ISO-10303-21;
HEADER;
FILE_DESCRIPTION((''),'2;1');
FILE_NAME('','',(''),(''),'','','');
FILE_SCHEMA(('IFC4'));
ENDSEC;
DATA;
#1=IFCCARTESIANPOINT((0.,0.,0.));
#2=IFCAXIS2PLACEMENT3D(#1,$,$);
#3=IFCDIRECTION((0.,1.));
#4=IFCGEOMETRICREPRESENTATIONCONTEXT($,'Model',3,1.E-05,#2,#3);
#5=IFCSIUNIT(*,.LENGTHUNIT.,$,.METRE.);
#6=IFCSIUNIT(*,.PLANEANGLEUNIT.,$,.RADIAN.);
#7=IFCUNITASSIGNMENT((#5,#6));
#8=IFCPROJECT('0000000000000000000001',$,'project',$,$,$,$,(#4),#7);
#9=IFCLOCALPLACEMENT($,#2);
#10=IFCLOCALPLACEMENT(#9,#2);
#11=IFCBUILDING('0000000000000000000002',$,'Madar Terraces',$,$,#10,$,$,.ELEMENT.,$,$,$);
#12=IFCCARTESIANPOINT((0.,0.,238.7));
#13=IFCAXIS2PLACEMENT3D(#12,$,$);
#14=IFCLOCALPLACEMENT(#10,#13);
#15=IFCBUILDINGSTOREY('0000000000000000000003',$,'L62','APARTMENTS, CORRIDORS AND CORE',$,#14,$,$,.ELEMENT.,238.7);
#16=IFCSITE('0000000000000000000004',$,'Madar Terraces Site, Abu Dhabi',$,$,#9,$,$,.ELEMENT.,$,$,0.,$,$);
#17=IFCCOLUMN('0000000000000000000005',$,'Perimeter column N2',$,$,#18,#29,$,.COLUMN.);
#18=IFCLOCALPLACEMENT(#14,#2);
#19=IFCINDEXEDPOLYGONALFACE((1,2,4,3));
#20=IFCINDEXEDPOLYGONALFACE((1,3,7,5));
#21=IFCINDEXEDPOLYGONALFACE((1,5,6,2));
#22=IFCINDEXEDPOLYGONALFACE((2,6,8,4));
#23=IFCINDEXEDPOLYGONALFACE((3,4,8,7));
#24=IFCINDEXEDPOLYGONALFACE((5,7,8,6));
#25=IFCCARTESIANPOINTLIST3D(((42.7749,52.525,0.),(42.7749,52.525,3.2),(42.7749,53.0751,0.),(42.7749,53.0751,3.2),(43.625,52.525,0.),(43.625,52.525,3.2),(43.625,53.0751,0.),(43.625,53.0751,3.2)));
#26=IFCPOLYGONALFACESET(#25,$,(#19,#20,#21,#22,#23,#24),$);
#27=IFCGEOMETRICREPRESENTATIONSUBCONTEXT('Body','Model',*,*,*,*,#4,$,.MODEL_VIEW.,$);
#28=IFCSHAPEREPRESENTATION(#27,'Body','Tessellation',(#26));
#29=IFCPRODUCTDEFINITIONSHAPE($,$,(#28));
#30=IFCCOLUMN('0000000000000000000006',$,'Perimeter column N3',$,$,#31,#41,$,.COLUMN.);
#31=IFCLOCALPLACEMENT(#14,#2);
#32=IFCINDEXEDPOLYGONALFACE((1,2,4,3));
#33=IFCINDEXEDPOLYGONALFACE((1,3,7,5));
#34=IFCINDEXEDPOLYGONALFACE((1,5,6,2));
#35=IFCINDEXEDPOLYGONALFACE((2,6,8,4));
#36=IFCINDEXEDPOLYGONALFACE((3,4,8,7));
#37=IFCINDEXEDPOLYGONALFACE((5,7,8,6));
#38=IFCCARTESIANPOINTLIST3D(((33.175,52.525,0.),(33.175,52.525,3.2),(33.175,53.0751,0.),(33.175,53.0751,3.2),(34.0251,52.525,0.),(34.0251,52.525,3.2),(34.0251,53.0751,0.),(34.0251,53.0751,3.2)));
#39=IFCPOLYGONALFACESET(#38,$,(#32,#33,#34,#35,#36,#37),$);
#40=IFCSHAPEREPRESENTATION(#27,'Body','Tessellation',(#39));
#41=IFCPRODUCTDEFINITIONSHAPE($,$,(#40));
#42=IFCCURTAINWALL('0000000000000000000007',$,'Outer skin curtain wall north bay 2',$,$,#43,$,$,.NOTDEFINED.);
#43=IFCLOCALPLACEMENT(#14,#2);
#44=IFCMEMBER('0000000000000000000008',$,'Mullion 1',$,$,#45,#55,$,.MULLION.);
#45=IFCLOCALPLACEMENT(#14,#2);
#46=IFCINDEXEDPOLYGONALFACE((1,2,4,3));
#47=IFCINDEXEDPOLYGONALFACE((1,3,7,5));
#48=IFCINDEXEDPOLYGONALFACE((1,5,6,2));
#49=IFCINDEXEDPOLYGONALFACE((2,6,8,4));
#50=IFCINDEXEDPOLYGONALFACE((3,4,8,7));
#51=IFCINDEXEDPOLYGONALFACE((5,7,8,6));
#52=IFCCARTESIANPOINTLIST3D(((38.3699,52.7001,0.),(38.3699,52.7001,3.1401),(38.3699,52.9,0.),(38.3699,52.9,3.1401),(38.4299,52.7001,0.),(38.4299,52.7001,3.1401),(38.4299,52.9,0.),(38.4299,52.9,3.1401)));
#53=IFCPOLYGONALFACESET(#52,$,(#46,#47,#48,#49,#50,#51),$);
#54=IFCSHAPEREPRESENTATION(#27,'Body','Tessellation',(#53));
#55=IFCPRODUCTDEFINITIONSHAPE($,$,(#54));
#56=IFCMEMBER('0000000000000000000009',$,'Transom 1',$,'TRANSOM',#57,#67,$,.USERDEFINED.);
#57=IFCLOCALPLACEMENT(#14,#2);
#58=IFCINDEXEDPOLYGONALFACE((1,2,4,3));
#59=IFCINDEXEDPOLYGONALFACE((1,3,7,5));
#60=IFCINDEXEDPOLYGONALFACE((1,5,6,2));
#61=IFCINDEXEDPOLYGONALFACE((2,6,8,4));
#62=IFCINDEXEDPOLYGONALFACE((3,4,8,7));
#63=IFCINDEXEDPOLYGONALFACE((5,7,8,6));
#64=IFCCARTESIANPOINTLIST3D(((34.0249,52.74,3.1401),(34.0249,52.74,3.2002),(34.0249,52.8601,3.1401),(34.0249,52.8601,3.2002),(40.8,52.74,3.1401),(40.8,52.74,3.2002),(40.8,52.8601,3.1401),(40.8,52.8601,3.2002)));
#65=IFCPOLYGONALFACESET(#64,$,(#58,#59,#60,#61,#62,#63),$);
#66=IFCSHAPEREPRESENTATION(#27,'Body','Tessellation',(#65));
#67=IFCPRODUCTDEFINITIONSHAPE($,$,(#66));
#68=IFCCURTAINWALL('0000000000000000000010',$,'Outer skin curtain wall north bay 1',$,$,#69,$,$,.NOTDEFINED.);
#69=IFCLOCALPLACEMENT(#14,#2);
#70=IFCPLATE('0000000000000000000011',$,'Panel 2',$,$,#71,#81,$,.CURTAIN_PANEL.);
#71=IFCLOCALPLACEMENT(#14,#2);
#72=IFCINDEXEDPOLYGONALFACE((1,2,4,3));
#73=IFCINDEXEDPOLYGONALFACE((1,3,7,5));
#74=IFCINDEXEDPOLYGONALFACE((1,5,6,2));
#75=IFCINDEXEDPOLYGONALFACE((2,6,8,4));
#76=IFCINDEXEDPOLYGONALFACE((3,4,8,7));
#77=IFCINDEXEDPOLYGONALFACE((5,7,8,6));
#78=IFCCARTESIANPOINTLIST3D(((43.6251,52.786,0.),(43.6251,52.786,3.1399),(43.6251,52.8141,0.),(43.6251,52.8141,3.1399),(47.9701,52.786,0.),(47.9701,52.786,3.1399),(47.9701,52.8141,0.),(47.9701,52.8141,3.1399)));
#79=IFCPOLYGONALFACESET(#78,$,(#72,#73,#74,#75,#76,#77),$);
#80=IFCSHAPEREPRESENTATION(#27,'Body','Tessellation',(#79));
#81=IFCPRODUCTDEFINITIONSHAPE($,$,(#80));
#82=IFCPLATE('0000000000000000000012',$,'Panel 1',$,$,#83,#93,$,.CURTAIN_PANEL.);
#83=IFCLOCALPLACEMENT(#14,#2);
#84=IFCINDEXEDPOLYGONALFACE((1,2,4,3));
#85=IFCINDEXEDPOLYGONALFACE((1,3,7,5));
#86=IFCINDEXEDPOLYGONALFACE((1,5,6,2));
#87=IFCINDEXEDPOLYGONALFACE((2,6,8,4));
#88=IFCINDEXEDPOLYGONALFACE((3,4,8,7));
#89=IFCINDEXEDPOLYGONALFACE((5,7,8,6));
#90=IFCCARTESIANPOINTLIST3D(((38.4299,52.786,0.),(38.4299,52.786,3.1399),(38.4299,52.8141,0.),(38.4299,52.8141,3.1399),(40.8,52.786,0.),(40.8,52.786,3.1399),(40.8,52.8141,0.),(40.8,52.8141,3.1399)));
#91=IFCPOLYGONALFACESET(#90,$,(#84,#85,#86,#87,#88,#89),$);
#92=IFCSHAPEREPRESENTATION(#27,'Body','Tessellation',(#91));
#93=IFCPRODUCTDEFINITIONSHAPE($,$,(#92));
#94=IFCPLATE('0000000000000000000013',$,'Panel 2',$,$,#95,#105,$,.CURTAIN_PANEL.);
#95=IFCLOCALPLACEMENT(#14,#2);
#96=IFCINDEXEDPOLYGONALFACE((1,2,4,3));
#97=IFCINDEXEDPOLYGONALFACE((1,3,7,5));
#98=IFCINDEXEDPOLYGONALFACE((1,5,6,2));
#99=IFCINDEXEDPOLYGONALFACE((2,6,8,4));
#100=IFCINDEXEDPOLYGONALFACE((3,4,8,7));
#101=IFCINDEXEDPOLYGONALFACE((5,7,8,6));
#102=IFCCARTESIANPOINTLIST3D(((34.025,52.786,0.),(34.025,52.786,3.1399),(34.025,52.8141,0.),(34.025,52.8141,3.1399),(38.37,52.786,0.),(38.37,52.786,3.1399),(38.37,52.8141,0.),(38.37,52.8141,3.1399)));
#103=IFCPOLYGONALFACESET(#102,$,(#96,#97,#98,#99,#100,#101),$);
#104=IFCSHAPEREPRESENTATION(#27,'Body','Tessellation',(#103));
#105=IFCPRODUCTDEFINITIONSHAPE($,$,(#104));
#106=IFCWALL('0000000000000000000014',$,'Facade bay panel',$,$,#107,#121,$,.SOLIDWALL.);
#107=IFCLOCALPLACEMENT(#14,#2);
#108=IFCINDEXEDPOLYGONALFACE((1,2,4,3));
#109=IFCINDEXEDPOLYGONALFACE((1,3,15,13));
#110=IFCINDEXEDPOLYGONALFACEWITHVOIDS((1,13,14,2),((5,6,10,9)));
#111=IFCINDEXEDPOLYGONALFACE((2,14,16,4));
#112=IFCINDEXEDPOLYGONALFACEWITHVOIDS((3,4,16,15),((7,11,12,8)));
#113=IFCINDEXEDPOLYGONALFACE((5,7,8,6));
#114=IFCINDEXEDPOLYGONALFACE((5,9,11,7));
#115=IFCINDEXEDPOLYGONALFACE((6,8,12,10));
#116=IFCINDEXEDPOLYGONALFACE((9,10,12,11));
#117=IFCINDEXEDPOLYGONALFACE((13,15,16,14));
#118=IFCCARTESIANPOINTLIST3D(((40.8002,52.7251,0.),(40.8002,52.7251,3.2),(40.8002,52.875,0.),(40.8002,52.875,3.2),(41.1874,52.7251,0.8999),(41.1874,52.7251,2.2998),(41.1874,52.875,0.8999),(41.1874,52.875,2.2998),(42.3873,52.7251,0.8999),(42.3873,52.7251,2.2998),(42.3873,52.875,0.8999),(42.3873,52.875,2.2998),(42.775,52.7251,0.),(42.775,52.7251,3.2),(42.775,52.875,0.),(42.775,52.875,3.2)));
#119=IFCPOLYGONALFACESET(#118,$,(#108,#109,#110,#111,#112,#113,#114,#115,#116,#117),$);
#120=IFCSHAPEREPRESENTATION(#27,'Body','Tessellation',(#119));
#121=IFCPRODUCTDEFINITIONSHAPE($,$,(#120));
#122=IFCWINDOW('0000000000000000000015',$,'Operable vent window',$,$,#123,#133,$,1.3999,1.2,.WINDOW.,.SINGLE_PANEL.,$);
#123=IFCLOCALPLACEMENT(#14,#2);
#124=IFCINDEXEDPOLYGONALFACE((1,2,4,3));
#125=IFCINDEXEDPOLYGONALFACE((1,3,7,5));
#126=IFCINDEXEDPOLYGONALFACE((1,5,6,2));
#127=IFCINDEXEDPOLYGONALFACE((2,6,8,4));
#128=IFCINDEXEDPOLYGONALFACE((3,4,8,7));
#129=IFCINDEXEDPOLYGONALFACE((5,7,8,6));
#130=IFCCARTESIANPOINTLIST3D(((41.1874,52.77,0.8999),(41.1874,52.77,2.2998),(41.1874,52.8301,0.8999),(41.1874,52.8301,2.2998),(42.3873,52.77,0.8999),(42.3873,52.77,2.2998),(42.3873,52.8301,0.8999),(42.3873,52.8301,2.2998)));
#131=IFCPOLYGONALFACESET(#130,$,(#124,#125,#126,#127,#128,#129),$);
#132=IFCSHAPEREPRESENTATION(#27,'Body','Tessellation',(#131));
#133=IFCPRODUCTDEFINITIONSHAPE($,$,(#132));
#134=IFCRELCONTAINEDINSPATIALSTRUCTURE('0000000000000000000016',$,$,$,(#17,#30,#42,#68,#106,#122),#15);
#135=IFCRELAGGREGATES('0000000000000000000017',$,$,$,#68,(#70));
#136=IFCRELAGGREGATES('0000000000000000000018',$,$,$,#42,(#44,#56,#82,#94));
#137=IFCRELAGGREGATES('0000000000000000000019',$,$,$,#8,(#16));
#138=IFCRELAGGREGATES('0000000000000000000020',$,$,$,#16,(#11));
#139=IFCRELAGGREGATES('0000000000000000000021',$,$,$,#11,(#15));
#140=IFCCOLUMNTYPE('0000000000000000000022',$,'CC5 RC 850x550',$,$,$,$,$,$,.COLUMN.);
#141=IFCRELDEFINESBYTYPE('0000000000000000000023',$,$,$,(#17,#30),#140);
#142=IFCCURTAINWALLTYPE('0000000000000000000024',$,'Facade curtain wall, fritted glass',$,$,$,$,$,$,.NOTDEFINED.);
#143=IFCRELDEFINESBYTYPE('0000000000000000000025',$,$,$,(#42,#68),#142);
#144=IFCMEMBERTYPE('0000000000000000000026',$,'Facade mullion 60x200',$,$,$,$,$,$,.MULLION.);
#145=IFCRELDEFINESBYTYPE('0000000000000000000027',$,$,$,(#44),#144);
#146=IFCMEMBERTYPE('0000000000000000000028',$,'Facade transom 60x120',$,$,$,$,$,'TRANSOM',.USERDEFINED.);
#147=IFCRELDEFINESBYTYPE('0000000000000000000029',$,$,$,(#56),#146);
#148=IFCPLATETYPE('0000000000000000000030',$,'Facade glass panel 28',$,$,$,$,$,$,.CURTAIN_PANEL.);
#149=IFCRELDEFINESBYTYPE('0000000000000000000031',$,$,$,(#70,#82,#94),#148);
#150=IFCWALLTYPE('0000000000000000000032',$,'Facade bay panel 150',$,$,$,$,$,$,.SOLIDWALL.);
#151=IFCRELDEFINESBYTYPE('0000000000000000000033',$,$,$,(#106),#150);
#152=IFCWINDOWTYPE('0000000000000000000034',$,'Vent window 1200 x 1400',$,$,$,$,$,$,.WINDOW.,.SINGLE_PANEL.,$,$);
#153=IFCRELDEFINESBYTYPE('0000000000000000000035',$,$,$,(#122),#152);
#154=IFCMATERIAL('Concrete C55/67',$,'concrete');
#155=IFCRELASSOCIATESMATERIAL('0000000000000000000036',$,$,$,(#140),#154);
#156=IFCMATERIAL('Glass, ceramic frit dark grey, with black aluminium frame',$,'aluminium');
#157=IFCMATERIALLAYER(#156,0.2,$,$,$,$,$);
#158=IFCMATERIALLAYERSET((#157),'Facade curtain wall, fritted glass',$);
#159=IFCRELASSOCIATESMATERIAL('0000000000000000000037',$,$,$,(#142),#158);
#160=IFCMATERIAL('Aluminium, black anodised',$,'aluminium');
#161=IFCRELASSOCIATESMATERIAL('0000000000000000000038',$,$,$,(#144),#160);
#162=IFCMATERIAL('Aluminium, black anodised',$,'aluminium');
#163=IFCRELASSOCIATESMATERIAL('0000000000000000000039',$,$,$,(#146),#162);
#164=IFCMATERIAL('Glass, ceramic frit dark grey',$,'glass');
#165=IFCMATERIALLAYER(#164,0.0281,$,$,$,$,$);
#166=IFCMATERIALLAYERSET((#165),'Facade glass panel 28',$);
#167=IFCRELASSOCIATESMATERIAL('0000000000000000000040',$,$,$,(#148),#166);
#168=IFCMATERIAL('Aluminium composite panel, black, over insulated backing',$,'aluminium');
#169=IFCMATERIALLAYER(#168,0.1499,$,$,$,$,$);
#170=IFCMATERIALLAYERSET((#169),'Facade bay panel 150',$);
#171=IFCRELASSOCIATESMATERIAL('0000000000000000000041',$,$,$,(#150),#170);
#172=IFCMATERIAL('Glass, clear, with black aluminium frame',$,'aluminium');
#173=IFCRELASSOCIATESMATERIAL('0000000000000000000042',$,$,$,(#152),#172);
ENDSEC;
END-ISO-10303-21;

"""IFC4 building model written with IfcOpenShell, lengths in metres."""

from ifc_helpers import new_model, si_unit, direction, frame, frame_2d, origin, origin_2d, place, context, subcontext, project, spatial, rectangle, extrude, material, layer, layer_set, material_profile, profile_set, type_object, element, fill, aggregate, save


model = new_model("IFC4")

# Units and contexts
model_context = context("Model", 3, precision=1e-05, world=origin(), true_north=direction((0.0, 1.0)))
body_context = subcontext(model_context, "Body", "Model", "MODEL_VIEW")
ifc_project = project(units=[si_unit("LENGTHUNIT", "METRE"), si_unit("PLANEANGLEUNIT", "RADIAN")], contexts=[model_context])

# Site, building, storey
site_placement = place(None, origin())
site = spatial("IfcSite", under=ifc_project, at=site_placement, Name="Madar Terraces Site, Abu Dhabi", CompositionType="ELEMENT", RefElevation=0.0)
building_placement = place(site_placement, origin())
building = spatial("IfcBuilding", under=site, at=building_placement, Name="Madar Terraces", CompositionType="ELEMENT")
storey_placement = place(building_placement, frame((0.0, 0.0, 238.7)))
storey = spatial("IfcBuildingStorey", under=building, at=storey_placement, Name="L62", Description="APARTMENTS, CORRIDORS AND CORE", CompositionType="ELEMENT", Elevation=238.7)

# Columns
ifc_material_1 = material(Name="Concrete C55/67", Category="concrete")
ifc_material_profile_1 = material_profile(ifc_material_1, rectangle(XDim=0.8501, YDim=0.55, at=origin_2d()), Name="CC5 RC 850x550")
ifc_profile_set_1 = profile_set([ifc_material_profile_1], Name="Concrete C55/67")
column_type = type_object("IfcColumnType", Name="CC5 RC 850x550", PredefinedType="COLUMN", material=ifc_profile_set_1)
for number, where, z_axis, x_axis, name in (
    (1, (43.2, 52.8, 0.0), (0.0, 0.0, 1.0), (1.0, 0.0, 0.0), "Perimeter column N2"),
    (2, (33.6001, 52.8, 0.0), (0.0, 0.0, 1.0), (1.0, 0.0, 0.0), "Perimeter column N3"),
):
    element("IfcColumn", number, at=place(storey_placement, frame(where, z_axis=z_axis, x_axis=x_axis)), inside=storey, type_object=column_type, Name=name, PredefinedType="COLUMN", context=body_context, shape_type="SweptSolid", body=[
        extrude(rectangle(XDim=0.8501, YDim=0.55, at=origin_2d()), origin(), (0.0, 0.0, 1.0), 3.2),
    ])

# Curtain wall, members
ifc_material_2 = material(Name="Glass, ceramic frit dark grey, with black aluminium frame", Category="aluminium")
ifc_layer_1 = layer(ifc_material_2, 0.2)
ifc_layer_set_1 = layer_set([ifc_layer_1], Name="Facade curtain wall, fritted glass")
curtain_wall_type = type_object("IfcCurtainWallType", Name="Facade curtain wall, fritted glass", PredefinedType="NOTDEFINED", material=ifc_layer_set_1)
curtain_wall_1_placement = place(storey_placement, origin())
curtain_wall_1 = element("IfcCurtainWall", 3, at=curtain_wall_1_placement, inside=storey, type_object=curtain_wall_type, Name="Outer skin curtain wall north bay 2", PredefinedType="NOTDEFINED")
ifc_material_3 = material(Name="Aluminium, black anodised", Category="aluminium")
ifc_material_profile_2 = material_profile(ifc_material_3, rectangle(XDim=0.2, YDim=0.0601, at=origin_2d()), Name="Facade mullion 60x200")
ifc_profile_set_2 = profile_set([ifc_material_profile_2], Name="Aluminium, black anodised")
member_type_1 = type_object("IfcMemberType", Name="Facade mullion 60x200", PredefinedType="MULLION", material=ifc_profile_set_2)
member_1_placement = place(storey_placement, frame((38.3999, 52.8, 0.0), z_axis=(0.0, 0.0, 1.0), x_axis=(0.0, -1.0, 0.0)))
member_1 = element("IfcMember", 4, at=member_1_placement, type_object=member_type_1, Name="Mullion 1", PredefinedType="MULLION", context=body_context, shape_type="SweptSolid", body=[
    extrude(rectangle(XDim=0.2, YDim=0.0601, at=origin_2d()), origin(), (0.0, 0.0, 1.0), 3.1401),
])
ifc_material_4 = material(Name="Aluminium, black anodised", Category="aluminium")
ifc_material_profile_3 = material_profile(ifc_material_4, rectangle(XDim=0.1201, YDim=0.0601, at=origin_2d()), Name="Facade transom 60x120")
ifc_profile_set_3 = profile_set([ifc_material_profile_3], Name="Aluminium, black anodised")
member_type_2 = type_object("IfcMemberType", Name="Facade transom 60x120", ElementType="TRANSOM", PredefinedType="USERDEFINED", material=ifc_profile_set_3)
member_2_placement = place(storey_placement, frame((40.8, 52.8, 3.1702), z_axis=(-1.0, 0.0, 0.0), x_axis=(0.0, -1.0, 0.0)))
member_2 = element("IfcMember", 5, at=member_2_placement, type_object=member_type_2, Name="Transom 1", ObjectType="TRANSOM", PredefinedType="USERDEFINED", context=body_context, shape_type="SweptSolid", body=[
    extrude(rectangle(XDim=0.1201, YDim=0.0601, at=origin_2d()), origin(), (0.0, 0.0, 1.0), 6.7751),
])

# Curtain wall, plate
curtain_wall_2_placement = place(storey_placement, origin())
curtain_wall_2 = element("IfcCurtainWall", 6, at=curtain_wall_2_placement, inside=storey, type_object=curtain_wall_type, Name="Outer skin curtain wall north bay 1", PredefinedType="NOTDEFINED")
ifc_material_5 = material(Name="Glass, ceramic frit dark grey", Category="glass")
ifc_layer_2 = layer(ifc_material_5, 0.0281)
ifc_layer_set_2 = layer_set([ifc_layer_2], Name="Facade glass panel 28")
plate_type = type_object("IfcPlateType", Name="Facade glass panel 28", PredefinedType="CURTAIN_PANEL", material=ifc_layer_set_2)
plate_1_placement = place(storey_placement, frame((45.7976, 52.8, 0.0), z_axis=(0.0, 0.0, 1.0), x_axis=(-1.0, 0.0, 0.0)))
plate_1 = element("IfcPlate", 7, at=plate_1_placement, type_object=plate_type, Name="Panel 2", PredefinedType="CURTAIN_PANEL", context=body_context, shape_type="SweptSolid", body=[
    extrude(rectangle(XDim=4.345, YDim=0.0281, at=origin_2d()), origin(), (0.0, 0.0, 1.0), 3.1399),
])
aggregate(curtain_wall_2, [plate_1])

# Plates
plate_2_placement = place(storey_placement, frame((39.615, 52.8, 0.0), z_axis=(0.0, 0.0, 1.0), x_axis=(-1.0, 0.0, 0.0)))
plate_2 = element("IfcPlate", 8, at=plate_2_placement, type_object=plate_type, Name="Panel 1", PredefinedType="CURTAIN_PANEL", context=body_context, shape_type="SweptSolid", body=[
    extrude(rectangle(XDim=2.3701, YDim=0.0281, at=origin_2d()), origin(), (0.0, 0.0, 1.0), 3.1399),
])
plate_3_placement = place(storey_placement, frame((36.1975, 52.8, 0.0), z_axis=(0.0, 0.0, 1.0), x_axis=(-1.0, 0.0, 0.0)))
plate_3 = element("IfcPlate", 9, at=plate_3_placement, type_object=plate_type, Name="Panel 2", PredefinedType="CURTAIN_PANEL", context=body_context, shape_type="SweptSolid", body=[
    extrude(rectangle(XDim=4.345, YDim=0.0281, at=origin_2d()), origin(), (0.0, 0.0, 1.0), 3.1399),
])
aggregate(curtain_wall_1, [member_1, member_2, plate_2, plate_3])

# Wall, opening, window
ifc_material_6 = material(Name="Aluminium composite panel, black, over insulated backing", Category="aluminium")
ifc_layer_3 = layer(ifc_material_6, 0.1499)
ifc_layer_set_3 = layer_set([ifc_layer_3], Name="Facade bay panel 150")
wall_type_1 = type_object("IfcWallType", Name="Facade bay panel 150", PredefinedType="SOLIDWALL", material=ifc_layer_set_3)
wall_1_placement = place(storey_placement, frame((42.7749, 52.8, 0.0), z_axis=(0.0, 0.0, 1.0), x_axis=(-1.0, 0.0, 0.0)))
wall_1 = element("IfcWall", 10, at=wall_1_placement, inside=storey, type_object=wall_type_1, Name="Facade bay panel", PredefinedType="SOLIDWALL", context=body_context, shape_type="SweptSolid", body=[
    extrude(rectangle(XDim=1.9749, YDim=0.1499, at=frame_2d((0.9873, 0.0))), origin(), (0.0, 0.0, 1.0), 3.2),
])
opening_1_placement = place(wall_1_placement, frame((0.3875, 0.0, 0.8999)))
opening_1 = element("IfcOpeningElement", 11, at=opening_1_placement, cuts=wall_1, PredefinedType="OPENING", context=body_context, shape_type="SweptSolid", body=[
    extrude(rectangle(XDim=1.2, YDim=1.3999, at=frame_2d((0.6001, 0.7))), frame((0.0, 0.085, 0.0), z_axis=(0.0, -1.0, 0.0), x_axis=(1.0, 0.0, 0.0)), (0.0, 0.0, 1.0), 0.1699),
])
ifc_material_7 = material(Name="Glass, clear, with black aluminium frame", Category="aluminium")
window_type = type_object("IfcWindowType", Name="Vent window 1200 x 1400", PartitioningType="SINGLE_PANEL", PredefinedType="WINDOW", material=ifc_material_7)
window_1_placement = place(opening_1_placement, origin())
window_1 = element("IfcWindow", 12, at=window_1_placement, inside=storey, type_object=window_type, Name="Operable vent window", OverallHeight=1.3999, OverallWidth=1.2, PartitioningType="SINGLE_PANEL", PredefinedType="WINDOW", context=body_context, shape_type="SweptSolid", body=[
    extrude(rectangle(XDim=1.2, YDim=1.3999, at=frame_2d((0.6001, 0.7))), frame((0.0, 0.03, 0.0), z_axis=(0.0, -1.0, 0.0), x_axis=(1.0, 0.0, 0.0)), (0.0, 0.0, 1.0), 0.0601),
])
fill(opening_1, window_1)

save(model, "model.ifc")
